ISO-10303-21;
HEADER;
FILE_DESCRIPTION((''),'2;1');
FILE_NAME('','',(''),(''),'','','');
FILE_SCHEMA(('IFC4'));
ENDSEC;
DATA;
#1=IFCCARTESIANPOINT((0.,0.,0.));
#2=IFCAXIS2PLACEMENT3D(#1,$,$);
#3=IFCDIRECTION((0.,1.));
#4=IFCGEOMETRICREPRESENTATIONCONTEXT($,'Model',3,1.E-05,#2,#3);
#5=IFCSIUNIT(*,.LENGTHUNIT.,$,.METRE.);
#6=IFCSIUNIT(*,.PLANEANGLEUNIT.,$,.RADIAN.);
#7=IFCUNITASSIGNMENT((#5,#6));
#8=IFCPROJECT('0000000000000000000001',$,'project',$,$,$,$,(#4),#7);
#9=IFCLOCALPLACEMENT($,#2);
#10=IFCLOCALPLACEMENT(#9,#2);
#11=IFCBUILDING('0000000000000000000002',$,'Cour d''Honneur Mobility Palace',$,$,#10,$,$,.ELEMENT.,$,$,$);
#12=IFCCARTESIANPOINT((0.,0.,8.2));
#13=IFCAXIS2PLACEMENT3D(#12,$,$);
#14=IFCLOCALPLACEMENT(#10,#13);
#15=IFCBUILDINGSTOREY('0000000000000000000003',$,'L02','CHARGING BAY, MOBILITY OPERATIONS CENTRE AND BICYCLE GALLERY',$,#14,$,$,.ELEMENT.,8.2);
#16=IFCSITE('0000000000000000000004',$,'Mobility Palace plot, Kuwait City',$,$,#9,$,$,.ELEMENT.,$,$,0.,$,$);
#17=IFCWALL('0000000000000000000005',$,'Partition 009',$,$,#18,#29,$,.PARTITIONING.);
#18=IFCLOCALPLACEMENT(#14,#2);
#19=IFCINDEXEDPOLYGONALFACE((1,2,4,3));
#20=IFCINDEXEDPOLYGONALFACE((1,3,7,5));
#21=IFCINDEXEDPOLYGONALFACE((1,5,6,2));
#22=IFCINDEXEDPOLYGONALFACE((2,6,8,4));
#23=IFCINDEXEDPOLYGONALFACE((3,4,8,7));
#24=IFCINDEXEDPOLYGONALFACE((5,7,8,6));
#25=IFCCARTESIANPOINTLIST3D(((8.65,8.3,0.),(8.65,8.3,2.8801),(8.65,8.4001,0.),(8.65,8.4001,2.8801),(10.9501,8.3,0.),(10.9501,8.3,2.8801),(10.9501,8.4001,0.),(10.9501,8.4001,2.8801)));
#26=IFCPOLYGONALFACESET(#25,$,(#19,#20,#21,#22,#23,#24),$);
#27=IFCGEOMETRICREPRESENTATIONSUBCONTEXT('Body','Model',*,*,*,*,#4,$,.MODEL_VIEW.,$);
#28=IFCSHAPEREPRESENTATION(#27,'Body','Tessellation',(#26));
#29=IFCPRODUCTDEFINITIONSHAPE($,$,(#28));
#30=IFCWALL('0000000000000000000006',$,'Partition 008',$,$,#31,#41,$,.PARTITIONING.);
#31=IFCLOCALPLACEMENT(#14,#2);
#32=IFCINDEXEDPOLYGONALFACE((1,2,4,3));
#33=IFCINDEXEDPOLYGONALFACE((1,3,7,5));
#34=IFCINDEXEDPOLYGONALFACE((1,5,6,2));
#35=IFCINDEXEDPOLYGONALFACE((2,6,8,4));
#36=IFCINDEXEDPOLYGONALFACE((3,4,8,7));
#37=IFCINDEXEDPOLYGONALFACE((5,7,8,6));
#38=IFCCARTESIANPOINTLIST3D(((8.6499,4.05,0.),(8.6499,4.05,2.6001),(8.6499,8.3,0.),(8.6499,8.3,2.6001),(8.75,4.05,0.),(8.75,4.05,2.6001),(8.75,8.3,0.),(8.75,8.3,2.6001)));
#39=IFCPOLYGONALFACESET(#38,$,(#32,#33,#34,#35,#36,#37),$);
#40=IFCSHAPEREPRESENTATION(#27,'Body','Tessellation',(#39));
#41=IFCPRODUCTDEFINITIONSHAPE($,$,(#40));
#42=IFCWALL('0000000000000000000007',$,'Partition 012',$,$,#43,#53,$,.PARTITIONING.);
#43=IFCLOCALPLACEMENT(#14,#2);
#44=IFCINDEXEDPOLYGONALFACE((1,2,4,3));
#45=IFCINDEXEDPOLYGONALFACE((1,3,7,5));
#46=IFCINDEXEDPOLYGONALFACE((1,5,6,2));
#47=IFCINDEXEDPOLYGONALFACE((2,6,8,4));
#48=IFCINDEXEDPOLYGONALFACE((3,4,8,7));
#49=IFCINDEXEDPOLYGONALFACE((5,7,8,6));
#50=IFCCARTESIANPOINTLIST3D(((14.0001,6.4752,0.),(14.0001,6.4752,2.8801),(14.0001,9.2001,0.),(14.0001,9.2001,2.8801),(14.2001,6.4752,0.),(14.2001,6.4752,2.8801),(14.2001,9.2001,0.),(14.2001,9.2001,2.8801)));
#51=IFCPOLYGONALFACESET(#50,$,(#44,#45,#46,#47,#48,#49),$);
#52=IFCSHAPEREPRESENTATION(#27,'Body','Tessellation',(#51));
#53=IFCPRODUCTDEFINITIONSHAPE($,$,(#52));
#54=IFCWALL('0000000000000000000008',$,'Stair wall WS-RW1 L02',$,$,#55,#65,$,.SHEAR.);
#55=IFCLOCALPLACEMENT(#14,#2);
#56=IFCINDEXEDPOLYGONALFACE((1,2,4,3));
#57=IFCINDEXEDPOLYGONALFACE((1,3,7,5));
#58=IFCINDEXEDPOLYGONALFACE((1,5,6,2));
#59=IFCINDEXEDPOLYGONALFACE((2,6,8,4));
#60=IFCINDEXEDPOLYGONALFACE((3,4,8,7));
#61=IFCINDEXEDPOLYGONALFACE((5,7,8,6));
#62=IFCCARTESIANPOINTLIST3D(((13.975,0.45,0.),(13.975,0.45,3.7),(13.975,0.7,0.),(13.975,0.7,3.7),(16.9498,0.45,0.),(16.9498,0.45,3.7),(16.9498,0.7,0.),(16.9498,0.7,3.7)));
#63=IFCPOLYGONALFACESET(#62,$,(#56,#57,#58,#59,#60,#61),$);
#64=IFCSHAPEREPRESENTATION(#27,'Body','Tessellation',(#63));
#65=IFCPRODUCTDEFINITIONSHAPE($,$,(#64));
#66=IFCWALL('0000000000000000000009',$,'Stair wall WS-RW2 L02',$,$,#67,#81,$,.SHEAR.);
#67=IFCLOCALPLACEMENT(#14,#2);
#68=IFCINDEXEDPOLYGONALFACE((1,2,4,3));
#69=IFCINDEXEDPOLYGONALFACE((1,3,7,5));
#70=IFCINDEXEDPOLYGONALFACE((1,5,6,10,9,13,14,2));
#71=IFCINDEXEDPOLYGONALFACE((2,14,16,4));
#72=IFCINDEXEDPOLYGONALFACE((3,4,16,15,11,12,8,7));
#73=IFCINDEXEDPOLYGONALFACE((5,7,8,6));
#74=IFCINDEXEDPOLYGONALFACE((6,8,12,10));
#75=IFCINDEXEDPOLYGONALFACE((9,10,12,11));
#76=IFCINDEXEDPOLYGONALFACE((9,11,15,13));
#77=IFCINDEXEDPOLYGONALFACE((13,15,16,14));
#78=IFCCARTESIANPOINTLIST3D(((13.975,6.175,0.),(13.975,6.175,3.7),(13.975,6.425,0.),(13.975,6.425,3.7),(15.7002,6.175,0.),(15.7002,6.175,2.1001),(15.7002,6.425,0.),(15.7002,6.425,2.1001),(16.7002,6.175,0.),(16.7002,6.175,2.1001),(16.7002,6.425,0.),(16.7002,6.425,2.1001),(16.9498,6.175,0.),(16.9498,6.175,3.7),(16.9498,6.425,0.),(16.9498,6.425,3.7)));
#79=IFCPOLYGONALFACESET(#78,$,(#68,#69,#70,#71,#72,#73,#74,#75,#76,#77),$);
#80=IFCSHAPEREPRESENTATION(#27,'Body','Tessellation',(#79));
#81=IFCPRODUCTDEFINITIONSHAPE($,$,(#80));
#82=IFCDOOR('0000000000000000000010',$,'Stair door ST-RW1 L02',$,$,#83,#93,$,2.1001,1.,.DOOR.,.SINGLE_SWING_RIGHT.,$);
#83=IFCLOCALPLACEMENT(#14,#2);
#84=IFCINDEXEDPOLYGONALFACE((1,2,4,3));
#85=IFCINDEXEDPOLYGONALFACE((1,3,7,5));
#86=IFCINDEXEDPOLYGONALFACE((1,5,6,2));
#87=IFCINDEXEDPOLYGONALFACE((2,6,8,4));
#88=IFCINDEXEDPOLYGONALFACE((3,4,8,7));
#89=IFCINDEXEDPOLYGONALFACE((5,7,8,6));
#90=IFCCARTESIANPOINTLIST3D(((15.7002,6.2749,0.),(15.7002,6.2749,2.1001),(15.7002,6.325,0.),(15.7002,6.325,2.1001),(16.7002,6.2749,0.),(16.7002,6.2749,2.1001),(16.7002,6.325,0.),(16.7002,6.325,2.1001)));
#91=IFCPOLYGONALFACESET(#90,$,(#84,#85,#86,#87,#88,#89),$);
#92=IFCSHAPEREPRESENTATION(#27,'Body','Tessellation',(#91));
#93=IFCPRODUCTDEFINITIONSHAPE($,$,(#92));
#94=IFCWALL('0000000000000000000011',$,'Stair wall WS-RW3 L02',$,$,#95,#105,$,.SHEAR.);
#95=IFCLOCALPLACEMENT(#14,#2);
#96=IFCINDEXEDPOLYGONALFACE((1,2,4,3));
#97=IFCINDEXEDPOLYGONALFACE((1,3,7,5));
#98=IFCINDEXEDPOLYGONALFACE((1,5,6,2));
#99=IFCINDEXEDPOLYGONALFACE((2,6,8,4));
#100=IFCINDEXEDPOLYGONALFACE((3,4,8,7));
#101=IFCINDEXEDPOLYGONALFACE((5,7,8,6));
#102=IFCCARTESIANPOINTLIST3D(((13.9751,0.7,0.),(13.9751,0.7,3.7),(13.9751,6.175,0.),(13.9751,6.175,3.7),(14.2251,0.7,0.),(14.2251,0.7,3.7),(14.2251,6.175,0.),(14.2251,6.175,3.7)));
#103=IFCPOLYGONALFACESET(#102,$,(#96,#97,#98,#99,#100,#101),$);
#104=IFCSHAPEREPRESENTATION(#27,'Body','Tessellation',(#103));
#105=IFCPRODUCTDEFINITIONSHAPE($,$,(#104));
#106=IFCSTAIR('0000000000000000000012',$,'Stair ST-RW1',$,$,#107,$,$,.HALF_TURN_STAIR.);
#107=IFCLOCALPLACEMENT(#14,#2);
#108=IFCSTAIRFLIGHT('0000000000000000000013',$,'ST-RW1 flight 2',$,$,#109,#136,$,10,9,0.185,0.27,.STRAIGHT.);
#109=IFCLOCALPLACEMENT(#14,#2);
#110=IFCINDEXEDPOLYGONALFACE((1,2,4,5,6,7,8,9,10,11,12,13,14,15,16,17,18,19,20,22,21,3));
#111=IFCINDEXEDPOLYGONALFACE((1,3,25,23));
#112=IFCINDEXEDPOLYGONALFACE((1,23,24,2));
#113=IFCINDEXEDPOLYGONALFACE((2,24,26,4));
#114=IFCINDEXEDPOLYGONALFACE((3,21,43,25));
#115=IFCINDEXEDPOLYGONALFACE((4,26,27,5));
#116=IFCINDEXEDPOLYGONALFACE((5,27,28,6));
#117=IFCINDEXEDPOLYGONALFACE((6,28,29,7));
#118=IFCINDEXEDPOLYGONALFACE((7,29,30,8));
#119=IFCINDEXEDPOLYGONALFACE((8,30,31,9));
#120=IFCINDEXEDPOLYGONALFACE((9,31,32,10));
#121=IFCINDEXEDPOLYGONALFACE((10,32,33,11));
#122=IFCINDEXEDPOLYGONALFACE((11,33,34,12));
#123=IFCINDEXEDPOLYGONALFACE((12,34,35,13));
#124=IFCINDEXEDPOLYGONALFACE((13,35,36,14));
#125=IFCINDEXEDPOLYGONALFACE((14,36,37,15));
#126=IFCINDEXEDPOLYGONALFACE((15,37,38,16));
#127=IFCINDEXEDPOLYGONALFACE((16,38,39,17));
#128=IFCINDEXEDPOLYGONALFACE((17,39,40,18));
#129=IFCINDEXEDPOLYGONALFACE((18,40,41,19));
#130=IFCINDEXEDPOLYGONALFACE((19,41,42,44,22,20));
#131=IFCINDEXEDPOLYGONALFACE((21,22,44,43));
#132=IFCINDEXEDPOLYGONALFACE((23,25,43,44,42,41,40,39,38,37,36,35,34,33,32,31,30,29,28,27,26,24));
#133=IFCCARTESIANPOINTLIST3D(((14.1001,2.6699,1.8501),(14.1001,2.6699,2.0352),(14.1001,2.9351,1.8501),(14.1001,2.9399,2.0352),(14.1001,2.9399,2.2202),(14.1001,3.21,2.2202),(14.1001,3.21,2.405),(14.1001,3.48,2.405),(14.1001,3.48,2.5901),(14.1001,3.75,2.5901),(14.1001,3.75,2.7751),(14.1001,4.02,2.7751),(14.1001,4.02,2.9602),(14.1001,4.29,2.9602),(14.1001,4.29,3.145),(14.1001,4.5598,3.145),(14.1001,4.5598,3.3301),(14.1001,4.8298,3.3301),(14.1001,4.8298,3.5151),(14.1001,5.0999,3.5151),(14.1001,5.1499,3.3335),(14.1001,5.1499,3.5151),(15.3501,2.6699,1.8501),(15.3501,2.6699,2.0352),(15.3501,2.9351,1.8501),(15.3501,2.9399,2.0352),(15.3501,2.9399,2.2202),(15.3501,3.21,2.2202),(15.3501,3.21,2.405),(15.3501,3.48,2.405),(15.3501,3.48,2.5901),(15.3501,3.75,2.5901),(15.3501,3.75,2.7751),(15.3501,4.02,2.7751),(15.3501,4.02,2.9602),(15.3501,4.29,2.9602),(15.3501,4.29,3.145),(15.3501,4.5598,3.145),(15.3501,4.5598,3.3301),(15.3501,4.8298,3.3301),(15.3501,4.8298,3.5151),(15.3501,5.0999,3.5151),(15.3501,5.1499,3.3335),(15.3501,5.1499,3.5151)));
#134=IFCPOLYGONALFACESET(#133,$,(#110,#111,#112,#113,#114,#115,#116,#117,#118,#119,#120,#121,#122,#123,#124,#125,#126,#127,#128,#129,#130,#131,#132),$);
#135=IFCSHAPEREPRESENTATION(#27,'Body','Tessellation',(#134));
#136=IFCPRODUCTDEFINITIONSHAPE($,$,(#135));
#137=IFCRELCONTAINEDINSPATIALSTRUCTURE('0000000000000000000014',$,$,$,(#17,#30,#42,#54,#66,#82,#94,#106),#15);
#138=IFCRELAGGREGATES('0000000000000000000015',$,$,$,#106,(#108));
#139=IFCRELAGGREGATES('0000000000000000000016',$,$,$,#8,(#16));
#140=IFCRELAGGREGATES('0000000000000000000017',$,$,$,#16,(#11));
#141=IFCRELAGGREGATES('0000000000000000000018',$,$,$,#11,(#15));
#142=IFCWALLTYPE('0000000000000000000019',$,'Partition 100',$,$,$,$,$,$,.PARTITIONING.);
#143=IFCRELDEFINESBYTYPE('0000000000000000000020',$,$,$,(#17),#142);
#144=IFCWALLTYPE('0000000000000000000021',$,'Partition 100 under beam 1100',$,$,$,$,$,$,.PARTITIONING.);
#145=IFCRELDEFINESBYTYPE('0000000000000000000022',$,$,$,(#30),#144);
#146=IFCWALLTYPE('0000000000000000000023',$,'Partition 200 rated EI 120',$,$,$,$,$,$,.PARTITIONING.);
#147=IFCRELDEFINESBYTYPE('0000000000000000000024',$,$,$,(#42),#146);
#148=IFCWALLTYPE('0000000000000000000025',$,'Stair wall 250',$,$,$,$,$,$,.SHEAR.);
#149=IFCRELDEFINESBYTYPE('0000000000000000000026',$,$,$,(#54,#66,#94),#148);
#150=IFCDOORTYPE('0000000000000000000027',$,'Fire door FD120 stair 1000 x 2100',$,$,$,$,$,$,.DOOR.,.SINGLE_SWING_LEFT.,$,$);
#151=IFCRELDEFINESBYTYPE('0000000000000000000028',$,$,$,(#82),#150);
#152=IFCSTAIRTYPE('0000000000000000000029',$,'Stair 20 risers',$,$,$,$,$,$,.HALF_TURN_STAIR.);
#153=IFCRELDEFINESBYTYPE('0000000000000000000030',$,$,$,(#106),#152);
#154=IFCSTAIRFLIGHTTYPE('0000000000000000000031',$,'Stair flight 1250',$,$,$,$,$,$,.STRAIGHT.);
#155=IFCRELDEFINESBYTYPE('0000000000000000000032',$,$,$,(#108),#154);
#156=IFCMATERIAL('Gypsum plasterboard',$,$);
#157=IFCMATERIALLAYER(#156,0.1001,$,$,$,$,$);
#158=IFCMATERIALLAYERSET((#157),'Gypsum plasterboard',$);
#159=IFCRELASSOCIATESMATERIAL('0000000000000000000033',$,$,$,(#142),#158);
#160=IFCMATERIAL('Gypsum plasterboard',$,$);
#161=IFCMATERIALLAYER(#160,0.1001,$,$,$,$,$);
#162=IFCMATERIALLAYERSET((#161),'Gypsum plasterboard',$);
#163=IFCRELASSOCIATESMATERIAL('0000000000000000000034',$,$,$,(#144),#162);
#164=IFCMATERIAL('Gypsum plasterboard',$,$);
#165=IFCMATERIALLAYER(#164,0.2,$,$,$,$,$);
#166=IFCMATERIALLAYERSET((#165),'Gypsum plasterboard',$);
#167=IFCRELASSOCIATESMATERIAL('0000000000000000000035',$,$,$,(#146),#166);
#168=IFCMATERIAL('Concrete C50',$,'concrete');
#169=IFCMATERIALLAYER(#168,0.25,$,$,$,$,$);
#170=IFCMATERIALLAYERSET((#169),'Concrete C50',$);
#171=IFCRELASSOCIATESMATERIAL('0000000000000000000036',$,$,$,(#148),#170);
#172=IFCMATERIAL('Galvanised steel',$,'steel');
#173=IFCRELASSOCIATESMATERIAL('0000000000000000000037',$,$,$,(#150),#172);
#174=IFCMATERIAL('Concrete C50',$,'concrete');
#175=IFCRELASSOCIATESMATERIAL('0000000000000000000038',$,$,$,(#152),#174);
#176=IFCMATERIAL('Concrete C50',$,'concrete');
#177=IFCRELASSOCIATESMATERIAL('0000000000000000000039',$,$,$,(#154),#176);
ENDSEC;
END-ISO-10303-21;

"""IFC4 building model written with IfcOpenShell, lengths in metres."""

from ifc_helpers import new_model, si_unit, direction, frame, frame_2d, origin, place, context, subcontext, project, spatial, polyline, rectangle, outline, extrude, material, layer, layer_set, type_object, element, fill, aggregate, save


model = new_model("IFC4")

# Units and contexts
model_context = context("Model", 3, precision=1e-05, world=origin(), true_north=direction((0.0, 1.0)))
body_context = subcontext(model_context, "Body", "Model", "MODEL_VIEW")
ifc_project = project(units=[si_unit("LENGTHUNIT", "METRE"), si_unit("PLANEANGLEUNIT", "RADIAN")], contexts=[model_context])

# Site, building, storey
site_placement = place(None, origin())
site = spatial("IfcSite", under=ifc_project, at=site_placement, Name="Mobility Palace plot, Kuwait City", CompositionType="ELEMENT", RefElevation=0.0)
building_placement = place(site_placement, origin())
building = spatial("IfcBuilding", under=site, at=building_placement, Name="Cour d'Honneur Mobility Palace", CompositionType="ELEMENT")
storey_placement = place(building_placement, frame((0.0, 0.0, 8.2)))
storey = spatial("IfcBuildingStorey", under=building, at=storey_placement, Name="L02", Description="CHARGING BAY, MOBILITY OPERATIONS CENTRE AND BICYCLE GALLERY", CompositionType="ELEMENT", Elevation=8.2)

# Shared definitions
ifc_material_1 = material(Name="Gypsum plasterboard")
ifc_layer_1 = layer(ifc_material_1, 0.1001)
ifc_layer_set_1 = layer_set([ifc_layer_1], Name="Gypsum plasterboard")
wall_type_1 = type_object("IfcWallType", Name="Partition 100", PredefinedType="PARTITIONING", material=ifc_layer_set_1)

# Walls
wall_1_placement = place(storey_placement, frame((10.95, 8.3501, 0.0), z_axis=(0.0, 0.0, 1.0), x_axis=(-1.0, 0.0, 0.0)))
element("IfcWall", 1, at=wall_1_placement, inside=storey, type_object=wall_type_1, Name="Partition 009", PredefinedType="PARTITIONING", context=body_context, shape_type="SweptSolid", body=[
    extrude(rectangle(XDim=2.3, YDim=0.1001, at=frame_2d((1.1499, 0.0))), origin(), (0.0, 0.0, 1.0), 2.8801),
])
ifc_material_2 = material(Name="Gypsum plasterboard")
ifc_layer_2 = layer(ifc_material_2, 0.1001)
ifc_layer_set_2 = layer_set([ifc_layer_2], Name="Gypsum plasterboard")
wall_type_2 = type_object("IfcWallType", Name="Partition 100 under beam 1100", PredefinedType="PARTITIONING", material=ifc_layer_set_2)
wall_2_placement = place(storey_placement, frame((8.7, 8.3, 0.0), z_axis=(0.0, 0.0, 1.0), x_axis=(0.0, -1.0, 0.0)))
element("IfcWall", 2, at=wall_2_placement, inside=storey, type_object=wall_type_2, Name="Partition 008", PredefinedType="PARTITIONING", context=body_context, shape_type="SweptSolid", body=[
    extrude(rectangle(XDim=4.25, YDim=0.1001, at=frame_2d((2.125, 0.0))), origin(), (0.0, 0.0, 1.0), 2.6001),
])
ifc_material_3 = material(Name="Gypsum plasterboard")
ifc_layer_3 = layer(ifc_material_3, 0.2)
ifc_layer_set_3 = layer_set([ifc_layer_3], Name="Gypsum plasterboard")
wall_type_3 = type_object("IfcWallType", Name="Partition 200 rated EI 120", PredefinedType="PARTITIONING", material=ifc_layer_set_3)
wall_3_placement = place(storey_placement, frame((14.1001, 9.2, 0.0), z_axis=(0.0, 0.0, 1.0), x_axis=(0.0, -1.0, 0.0)))
element("IfcWall", 3, at=wall_3_placement, inside=storey, type_object=wall_type_3, Name="Partition 012", PredefinedType="PARTITIONING", context=body_context, shape_type="SweptSolid", body=[
    extrude(rectangle(XDim=2.7249, YDim=0.2, at=frame_2d((1.3623, 0.0))), origin(), (0.0, 0.0, 1.0), 2.8801),
])
ifc_material_4 = material(Name="Concrete C50", Category="concrete")
ifc_layer_4 = layer(ifc_material_4, 0.25)
ifc_layer_set_4 = layer_set([ifc_layer_4], Name="Concrete C50")
wall_type_4 = type_object("IfcWallType", Name="Stair wall 250", PredefinedType="SHEAR", material=ifc_layer_set_4)
wall_4_placement = place(storey_placement, frame((13.9751, 0.575, 0.0), z_axis=(0.0, 0.0, 1.0), x_axis=(1.0, 0.0, 0.0)))
element("IfcWall", 4, at=wall_4_placement, inside=storey, type_object=wall_type_4, Name="Stair wall WS-RW1 L02", PredefinedType="SHEAR", context=body_context, shape_type="SweptSolid", body=[
    extrude(rectangle(XDim=2.9749, YDim=0.25, at=frame_2d((1.4873, 0.0))), origin(), (0.0, 0.0, 1.0), 3.7),
])

# Wall, opening, door
wall_5_placement = place(storey_placement, frame((13.9751, 6.3, 0.0), z_axis=(0.0, 0.0, 1.0), x_axis=(1.0, 0.0, 0.0)))
wall_5 = element("IfcWall", 5, at=wall_5_placement, inside=storey, type_object=wall_type_4, Name="Stair wall WS-RW2 L02", PredefinedType="SHEAR", context=body_context, shape_type="SweptSolid", body=[
    extrude(rectangle(XDim=2.9749, YDim=0.25, at=frame_2d((1.4873, 0.0))), origin(), (0.0, 0.0, 1.0), 3.7),
])
opening_1_placement = place(wall_5_placement, frame((1.7251, 0.0, 0.0)))
opening_1 = element("IfcOpeningElement", 6, at=opening_1_placement, cuts=wall_5, PredefinedType="OPENING", context=body_context, shape_type="SweptSolid", body=[
    extrude(rectangle(XDim=1.0, YDim=2.1001, at=frame_2d((0.5, 1.05))), frame((0.0, 0.135, 0.0), z_axis=(0.0, -1.0, 0.0), x_axis=(1.0, 0.0, 0.0)), (0.0, 0.0, 1.0), 0.27),
])
ifc_material_5 = material(Name="Galvanised steel", Category="steel")
door_type_1 = type_object("IfcDoorType", Name="Fire door FD120 stair 1000 x 2100", OperationType="SINGLE_SWING_LEFT", PredefinedType="DOOR", material=ifc_material_5)
door_1_placement = place(opening_1_placement, origin())
door_1 = element("IfcDoor", 7, at=door_1_placement, inside=storey, type_object=door_type_1, Name="Stair door ST-RW1 L02", OperationType="SINGLE_SWING_RIGHT", OverallHeight=2.1001, OverallWidth=1.0, PredefinedType="DOOR", context=body_context, shape_type="SweptSolid", body=[
    extrude(rectangle(XDim=1.0, YDim=2.1001, at=frame_2d((0.5, 1.05))), frame((0.0, 0.0249, 0.0), z_axis=(0.0, -1.0, 0.0), x_axis=(1.0, 0.0, 0.0)), (0.0, 0.0, 1.0), 0.05),
])
fill(opening_1, door_1)

# Wall
wall_6_placement = place(storey_placement, frame((14.1001, 0.7, 0.0), z_axis=(0.0, 0.0, 1.0), x_axis=(0.0, 1.0, 0.0)))
element("IfcWall", 8, at=wall_6_placement, inside=storey, type_object=wall_type_4, Name="Stair wall WS-RW3 L02", PredefinedType="SHEAR", context=body_context, shape_type="SweptSolid", body=[
    extrude(rectangle(XDim=5.4751, YDim=0.25, at=frame_2d((2.7375, 0.0))), origin(), (0.0, 0.0, 1.0), 3.7),
])

# Stair, stair flight
ifc_material_6 = material(Name="Concrete C50", Category="concrete")
stair_type = type_object("IfcStairType", Name="Stair 20 risers", PredefinedType="HALF_TURN_STAIR", material=ifc_material_6)
stair_placement = place(storey_placement, origin())
stair = element("IfcStair", 9, at=stair_placement, inside=storey, type_object=stair_type, Name="Stair ST-RW1", PredefinedType="HALF_TURN_STAIR")
ifc_material_7 = material(Name="Concrete C50", Category="concrete")
stair_flight_type = type_object("IfcStairFlightType", Name="Stair flight 1250", PredefinedType="STRAIGHT", material=ifc_material_7)
stair_flight_placement = place(storey_placement, frame((14.7251, 2.6699, 1.8501), z_axis=(0.0, 0.0, 1.0), x_axis=(0.0, 1.0, 0.0)))
stair_flight = element("IfcStairFlight", 10, at=stair_flight_placement, type_object=stair_flight_type, Name="ST-RW1 flight 2", NumberOfRisers=10, NumberOfTreads=9, PredefinedType="STRAIGHT", RiserHeight=0.185, TreadLength=0.27, context=body_context, shape_type="SweptSolid", body=[
    extrude(outline(polyline([(0.0, 0.0), (0.0, 0.1851), (0.27, 0.1851), (0.27, 0.3701), (0.54, 0.3701), (0.54, 0.5549), (0.8101, 0.5549), (0.8101, 0.74), (1.0801, 0.74), (1.0801, 0.925), (1.3501, 0.925), (1.3501, 1.1101), (1.6201, 1.1101), (1.6201, 1.2949), (1.8899, 1.2949), (1.8899, 1.48), (2.1599, 1.48), (2.1599, 1.665), (2.4299, 1.665), (2.48, 1.665), (2.48, 1.4834), (0.2651, 0.0), (0.0, 0.0)])), frame((0.0, 0.625, 0.0), z_axis=(0.0, -1.0, 0.0), x_axis=(1.0, 0.0, 0.0)), (0.0, 0.0, 1.0), 1.25),
])
aggregate(stair, [stair_flight])

save(model, "model.ifc")
